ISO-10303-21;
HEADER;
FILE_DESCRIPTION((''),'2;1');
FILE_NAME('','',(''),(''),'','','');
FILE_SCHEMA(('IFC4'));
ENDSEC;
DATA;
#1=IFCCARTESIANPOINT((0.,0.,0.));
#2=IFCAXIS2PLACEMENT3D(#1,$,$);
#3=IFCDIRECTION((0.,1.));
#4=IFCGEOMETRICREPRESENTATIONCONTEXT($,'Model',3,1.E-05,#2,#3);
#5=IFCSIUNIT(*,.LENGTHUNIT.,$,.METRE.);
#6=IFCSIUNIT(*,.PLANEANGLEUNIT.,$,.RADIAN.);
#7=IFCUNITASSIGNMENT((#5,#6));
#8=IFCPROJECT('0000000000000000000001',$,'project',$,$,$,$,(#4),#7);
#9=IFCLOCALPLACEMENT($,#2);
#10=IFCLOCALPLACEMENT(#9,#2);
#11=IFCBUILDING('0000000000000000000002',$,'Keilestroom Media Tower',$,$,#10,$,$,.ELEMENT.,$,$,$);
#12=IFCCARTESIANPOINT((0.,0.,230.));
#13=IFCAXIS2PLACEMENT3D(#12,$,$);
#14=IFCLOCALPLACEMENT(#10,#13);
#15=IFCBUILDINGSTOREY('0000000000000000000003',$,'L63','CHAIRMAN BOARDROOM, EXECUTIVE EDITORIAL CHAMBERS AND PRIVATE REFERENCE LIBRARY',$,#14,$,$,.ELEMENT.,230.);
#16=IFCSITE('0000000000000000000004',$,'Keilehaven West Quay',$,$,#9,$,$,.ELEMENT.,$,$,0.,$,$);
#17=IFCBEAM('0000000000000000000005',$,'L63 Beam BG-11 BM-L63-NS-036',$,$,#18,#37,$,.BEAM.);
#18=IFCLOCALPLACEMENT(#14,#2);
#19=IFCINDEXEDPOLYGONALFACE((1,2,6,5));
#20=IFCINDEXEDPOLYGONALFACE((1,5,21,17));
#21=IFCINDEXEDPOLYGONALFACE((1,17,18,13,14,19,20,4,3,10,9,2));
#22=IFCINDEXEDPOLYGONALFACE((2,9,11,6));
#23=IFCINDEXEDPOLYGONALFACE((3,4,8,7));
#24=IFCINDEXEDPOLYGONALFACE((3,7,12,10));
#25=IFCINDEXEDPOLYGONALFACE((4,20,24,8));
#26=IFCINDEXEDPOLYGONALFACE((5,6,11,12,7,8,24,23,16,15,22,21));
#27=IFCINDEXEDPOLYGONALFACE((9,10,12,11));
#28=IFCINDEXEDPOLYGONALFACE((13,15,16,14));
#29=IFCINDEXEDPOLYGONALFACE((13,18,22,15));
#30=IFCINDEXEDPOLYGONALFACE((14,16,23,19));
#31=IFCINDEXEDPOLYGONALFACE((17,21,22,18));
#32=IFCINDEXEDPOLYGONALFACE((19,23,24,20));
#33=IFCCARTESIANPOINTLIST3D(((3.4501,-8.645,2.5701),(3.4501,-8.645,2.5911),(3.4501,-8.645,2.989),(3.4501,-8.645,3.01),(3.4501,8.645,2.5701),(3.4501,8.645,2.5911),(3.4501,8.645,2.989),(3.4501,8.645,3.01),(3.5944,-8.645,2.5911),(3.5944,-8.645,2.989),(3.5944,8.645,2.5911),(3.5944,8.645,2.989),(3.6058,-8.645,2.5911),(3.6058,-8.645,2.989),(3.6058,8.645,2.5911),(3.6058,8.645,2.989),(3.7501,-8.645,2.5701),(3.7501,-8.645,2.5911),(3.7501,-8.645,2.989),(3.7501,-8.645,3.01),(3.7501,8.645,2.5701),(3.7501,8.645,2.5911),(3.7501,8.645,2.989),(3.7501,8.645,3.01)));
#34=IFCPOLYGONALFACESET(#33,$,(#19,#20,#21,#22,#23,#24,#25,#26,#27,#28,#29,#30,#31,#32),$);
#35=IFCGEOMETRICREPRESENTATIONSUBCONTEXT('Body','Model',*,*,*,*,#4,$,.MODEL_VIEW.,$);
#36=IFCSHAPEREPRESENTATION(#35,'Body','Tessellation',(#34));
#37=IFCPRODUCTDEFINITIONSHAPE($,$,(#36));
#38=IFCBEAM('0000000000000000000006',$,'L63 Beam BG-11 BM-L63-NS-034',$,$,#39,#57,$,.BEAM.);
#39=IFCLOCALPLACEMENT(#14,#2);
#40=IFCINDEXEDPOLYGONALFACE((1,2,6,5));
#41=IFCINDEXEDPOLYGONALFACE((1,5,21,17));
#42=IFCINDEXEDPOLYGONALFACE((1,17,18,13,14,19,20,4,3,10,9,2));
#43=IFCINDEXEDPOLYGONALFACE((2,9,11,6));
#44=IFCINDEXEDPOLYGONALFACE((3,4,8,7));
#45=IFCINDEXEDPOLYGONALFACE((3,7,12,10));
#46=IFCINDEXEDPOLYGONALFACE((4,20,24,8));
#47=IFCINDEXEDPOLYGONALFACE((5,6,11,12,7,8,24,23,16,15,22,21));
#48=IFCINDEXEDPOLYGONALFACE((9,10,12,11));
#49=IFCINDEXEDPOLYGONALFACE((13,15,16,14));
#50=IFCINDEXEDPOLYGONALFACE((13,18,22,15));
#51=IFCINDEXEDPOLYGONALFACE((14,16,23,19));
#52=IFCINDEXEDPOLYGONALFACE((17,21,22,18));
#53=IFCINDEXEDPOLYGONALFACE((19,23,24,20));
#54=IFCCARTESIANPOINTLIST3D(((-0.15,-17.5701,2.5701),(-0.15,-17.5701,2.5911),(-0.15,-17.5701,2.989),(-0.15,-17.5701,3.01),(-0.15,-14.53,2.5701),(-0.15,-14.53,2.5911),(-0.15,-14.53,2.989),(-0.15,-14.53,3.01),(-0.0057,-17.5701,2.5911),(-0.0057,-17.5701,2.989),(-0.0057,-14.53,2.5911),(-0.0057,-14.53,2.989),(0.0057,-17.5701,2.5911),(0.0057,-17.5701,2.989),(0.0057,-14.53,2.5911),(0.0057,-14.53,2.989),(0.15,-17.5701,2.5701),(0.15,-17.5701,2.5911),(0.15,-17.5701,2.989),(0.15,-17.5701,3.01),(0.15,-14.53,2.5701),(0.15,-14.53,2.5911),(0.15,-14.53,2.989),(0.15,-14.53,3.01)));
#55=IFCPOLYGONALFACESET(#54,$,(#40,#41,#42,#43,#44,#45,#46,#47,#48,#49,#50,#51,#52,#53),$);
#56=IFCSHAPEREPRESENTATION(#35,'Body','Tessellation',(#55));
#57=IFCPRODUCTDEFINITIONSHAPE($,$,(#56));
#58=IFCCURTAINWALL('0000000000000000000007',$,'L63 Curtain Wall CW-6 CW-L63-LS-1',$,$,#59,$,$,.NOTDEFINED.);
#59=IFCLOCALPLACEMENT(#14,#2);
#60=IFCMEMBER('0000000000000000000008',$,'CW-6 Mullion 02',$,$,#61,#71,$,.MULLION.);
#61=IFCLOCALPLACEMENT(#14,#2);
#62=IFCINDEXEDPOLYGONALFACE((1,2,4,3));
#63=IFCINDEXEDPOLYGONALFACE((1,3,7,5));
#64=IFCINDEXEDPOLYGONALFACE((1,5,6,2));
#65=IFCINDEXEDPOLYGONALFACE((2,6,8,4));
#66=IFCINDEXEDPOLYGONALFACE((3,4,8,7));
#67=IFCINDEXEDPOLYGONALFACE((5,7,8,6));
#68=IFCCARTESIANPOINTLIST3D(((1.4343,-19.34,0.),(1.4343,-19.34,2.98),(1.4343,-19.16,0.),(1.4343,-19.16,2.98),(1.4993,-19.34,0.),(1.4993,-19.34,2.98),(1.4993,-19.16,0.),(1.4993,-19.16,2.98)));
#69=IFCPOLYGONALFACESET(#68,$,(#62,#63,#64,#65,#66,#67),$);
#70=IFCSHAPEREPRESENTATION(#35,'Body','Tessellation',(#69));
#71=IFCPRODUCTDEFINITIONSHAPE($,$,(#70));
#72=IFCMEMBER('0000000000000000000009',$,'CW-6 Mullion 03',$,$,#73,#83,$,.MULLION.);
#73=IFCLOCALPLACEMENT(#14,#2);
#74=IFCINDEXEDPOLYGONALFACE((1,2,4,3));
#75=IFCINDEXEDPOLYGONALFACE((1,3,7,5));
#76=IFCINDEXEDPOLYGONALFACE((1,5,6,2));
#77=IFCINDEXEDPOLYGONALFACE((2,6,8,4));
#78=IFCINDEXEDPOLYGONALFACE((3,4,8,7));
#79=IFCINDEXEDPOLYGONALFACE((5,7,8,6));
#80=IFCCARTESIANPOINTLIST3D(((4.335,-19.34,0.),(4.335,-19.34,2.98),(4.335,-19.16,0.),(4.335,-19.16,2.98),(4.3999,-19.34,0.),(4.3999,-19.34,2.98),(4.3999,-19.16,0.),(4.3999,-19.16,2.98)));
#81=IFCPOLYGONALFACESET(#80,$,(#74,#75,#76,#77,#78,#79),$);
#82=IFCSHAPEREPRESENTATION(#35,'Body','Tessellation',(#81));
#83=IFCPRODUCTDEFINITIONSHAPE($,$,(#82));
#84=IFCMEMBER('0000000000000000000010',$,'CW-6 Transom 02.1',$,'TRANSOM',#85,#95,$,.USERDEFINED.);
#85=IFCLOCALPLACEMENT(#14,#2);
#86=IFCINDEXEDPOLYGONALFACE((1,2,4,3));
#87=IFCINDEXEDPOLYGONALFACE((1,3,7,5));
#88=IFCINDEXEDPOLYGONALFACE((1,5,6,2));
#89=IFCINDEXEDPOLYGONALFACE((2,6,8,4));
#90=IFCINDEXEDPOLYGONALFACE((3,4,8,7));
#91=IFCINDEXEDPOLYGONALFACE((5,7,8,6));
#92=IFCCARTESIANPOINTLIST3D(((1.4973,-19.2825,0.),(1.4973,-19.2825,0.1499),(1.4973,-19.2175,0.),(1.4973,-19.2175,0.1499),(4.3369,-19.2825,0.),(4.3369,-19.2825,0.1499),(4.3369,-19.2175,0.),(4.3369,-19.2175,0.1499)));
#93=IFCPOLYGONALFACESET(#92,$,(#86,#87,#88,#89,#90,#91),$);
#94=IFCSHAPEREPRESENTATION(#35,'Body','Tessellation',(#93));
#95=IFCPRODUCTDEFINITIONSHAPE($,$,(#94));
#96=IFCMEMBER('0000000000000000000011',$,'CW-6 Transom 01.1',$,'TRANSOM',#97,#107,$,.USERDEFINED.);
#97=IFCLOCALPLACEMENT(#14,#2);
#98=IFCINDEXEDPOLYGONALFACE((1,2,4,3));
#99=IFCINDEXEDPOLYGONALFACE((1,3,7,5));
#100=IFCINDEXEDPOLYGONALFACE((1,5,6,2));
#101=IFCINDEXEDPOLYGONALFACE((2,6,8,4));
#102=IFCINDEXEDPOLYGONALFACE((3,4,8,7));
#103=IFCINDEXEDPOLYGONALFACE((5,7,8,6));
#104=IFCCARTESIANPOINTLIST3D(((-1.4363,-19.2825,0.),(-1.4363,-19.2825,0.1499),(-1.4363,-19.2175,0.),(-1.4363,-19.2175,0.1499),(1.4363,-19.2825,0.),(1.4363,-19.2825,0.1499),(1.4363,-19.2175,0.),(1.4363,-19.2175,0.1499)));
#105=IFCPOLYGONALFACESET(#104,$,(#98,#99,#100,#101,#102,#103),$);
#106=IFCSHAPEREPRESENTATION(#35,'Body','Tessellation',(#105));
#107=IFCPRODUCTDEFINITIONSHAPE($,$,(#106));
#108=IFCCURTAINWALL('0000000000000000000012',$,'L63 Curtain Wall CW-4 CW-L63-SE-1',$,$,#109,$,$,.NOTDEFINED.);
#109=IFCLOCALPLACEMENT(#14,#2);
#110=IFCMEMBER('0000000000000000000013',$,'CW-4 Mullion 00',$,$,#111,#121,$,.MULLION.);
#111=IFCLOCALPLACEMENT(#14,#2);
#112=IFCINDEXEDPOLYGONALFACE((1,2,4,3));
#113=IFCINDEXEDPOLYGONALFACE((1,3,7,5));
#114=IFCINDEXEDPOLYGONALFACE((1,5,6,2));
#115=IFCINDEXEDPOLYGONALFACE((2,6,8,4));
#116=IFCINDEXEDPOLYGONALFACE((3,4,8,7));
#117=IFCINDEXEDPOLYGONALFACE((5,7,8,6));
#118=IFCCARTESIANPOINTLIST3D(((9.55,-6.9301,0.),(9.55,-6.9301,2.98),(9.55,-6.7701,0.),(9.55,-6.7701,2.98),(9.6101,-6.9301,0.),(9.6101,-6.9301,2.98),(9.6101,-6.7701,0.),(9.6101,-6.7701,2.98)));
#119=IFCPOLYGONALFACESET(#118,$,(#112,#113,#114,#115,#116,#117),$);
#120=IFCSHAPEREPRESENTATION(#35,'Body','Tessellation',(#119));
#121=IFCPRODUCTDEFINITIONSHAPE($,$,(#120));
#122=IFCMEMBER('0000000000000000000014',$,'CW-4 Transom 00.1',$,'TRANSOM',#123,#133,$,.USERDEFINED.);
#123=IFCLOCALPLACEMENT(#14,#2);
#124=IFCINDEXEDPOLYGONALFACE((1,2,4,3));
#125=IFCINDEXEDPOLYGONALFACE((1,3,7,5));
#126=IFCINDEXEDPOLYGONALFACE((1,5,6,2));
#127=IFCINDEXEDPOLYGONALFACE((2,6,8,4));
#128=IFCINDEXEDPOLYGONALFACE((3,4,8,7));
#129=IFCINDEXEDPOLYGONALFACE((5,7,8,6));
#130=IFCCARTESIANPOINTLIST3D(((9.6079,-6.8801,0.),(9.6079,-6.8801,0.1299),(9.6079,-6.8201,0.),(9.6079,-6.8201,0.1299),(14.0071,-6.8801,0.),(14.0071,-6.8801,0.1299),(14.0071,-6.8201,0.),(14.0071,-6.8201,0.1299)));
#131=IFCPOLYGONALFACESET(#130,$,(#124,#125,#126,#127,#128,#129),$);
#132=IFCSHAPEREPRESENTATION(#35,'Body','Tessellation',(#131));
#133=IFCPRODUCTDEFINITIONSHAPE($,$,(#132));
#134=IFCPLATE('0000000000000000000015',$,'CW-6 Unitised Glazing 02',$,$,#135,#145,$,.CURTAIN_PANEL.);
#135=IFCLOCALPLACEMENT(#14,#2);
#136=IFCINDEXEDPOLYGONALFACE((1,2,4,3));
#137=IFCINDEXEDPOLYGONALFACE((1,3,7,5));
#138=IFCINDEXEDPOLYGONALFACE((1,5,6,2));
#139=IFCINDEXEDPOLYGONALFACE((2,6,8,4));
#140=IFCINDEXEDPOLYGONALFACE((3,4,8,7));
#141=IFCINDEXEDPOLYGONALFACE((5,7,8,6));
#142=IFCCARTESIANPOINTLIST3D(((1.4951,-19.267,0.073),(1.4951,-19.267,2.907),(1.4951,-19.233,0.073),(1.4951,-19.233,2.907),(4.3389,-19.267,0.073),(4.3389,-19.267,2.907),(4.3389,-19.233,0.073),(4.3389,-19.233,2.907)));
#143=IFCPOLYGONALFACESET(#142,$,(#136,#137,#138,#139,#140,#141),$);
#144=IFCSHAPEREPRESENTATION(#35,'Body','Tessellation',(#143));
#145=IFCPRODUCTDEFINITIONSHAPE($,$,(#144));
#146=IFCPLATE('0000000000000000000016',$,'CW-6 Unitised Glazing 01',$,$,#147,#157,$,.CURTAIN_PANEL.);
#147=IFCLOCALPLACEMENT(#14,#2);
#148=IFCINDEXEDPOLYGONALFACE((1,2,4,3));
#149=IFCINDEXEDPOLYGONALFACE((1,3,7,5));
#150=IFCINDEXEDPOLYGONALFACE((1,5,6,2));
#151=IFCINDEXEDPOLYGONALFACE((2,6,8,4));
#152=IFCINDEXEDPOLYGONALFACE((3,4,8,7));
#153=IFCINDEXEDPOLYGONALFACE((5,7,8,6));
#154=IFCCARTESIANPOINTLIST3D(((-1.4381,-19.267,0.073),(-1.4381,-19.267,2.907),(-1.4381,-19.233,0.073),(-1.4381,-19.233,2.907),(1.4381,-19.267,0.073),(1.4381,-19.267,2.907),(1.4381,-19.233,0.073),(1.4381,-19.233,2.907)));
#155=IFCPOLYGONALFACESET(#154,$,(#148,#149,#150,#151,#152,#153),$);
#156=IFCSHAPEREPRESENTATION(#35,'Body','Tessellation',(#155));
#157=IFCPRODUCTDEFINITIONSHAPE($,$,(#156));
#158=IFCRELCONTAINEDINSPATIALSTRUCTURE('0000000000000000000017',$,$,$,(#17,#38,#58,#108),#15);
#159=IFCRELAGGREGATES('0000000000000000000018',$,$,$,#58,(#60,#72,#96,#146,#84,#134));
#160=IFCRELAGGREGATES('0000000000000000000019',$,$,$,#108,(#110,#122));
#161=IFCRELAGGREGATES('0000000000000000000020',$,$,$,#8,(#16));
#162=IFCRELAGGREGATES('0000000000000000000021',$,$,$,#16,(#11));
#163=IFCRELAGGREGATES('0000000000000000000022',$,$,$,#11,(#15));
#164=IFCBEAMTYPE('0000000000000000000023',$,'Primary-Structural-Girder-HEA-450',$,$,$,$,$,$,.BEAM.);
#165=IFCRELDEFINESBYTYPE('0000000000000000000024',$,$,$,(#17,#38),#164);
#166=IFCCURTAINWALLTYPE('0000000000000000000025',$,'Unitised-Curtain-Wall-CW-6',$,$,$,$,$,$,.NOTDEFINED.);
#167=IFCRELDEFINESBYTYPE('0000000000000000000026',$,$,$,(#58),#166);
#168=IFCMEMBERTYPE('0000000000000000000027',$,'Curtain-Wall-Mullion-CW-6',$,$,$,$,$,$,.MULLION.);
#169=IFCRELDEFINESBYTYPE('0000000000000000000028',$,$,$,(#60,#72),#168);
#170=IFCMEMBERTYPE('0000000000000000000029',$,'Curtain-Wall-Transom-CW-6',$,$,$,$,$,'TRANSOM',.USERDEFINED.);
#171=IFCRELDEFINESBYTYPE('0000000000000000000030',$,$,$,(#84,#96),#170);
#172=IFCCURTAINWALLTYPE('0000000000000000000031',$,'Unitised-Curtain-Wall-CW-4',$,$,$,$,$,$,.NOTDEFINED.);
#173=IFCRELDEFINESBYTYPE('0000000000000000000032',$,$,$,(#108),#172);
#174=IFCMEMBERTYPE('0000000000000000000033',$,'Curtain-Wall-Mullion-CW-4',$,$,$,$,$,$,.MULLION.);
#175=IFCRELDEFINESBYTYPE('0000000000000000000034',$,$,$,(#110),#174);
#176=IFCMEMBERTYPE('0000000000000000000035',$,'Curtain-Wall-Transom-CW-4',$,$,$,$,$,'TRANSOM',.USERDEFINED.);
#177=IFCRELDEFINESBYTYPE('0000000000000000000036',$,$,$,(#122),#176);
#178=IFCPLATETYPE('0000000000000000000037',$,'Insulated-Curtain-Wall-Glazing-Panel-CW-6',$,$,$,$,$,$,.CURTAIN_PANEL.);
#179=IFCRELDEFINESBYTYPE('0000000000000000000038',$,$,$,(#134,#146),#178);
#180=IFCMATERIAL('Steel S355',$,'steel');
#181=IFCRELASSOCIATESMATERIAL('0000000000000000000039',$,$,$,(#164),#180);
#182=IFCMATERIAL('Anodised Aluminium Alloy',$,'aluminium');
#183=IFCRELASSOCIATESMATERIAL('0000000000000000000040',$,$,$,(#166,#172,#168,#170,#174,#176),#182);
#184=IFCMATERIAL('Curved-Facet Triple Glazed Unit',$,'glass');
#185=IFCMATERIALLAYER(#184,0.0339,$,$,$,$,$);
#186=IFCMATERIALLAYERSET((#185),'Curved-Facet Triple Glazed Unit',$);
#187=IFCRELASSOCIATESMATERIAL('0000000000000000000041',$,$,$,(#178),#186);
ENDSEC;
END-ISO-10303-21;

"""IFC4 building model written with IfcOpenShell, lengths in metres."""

from ifc_helpers import new_model, si_unit, direction, frame, origin, origin_2d, place, context, subcontext, project, spatial, rectangle, i_section, extrude, source, transform, mapped, material, layer, layer_set, material_profile, profile_set, type_object, element, aggregate, save


model = new_model("IFC4")

# Units and contexts
model_context = context("Model", 3, precision=1e-05, world=origin(), true_north=direction((0.0, 1.0)))
body_context = subcontext(model_context, "Body", "Model", "MODEL_VIEW")
ifc_project = project(units=[si_unit("LENGTHUNIT", "METRE"), si_unit("PLANEANGLEUNIT", "RADIAN")], contexts=[model_context])

# Site, building, storey
site_placement = place(None, origin())
site = spatial("IfcSite", under=ifc_project, at=site_placement, Name="Keilehaven West Quay", CompositionType="ELEMENT", RefElevation=0.0)
building_placement = place(site_placement, origin())
building = spatial("IfcBuilding", under=site, at=building_placement, Name="Keilestroom Media Tower", CompositionType="ELEMENT")
storey_placement = place(building_placement, frame((0.0, 0.0, 230.0)))
storey = spatial("IfcBuildingStorey", under=building, at=storey_placement, Name="L63", Description="CHAIRMAN BOARDROOM, EXECUTIVE EDITORIAL CHAMBERS AND PRIVATE REFERENCE LIBRARY", CompositionType="ELEMENT", Elevation=230.0)

# Shared definitions
ifc_material_1 = material(Name="Steel S355", Category="steel")

# Beams
ifc_material_profile_1 = material_profile(ifc_material_1, i_section(OverallWidth=0.3, OverallDepth=0.4399, WebThickness=0.0115, FlangeThickness=0.021, at=origin_2d()), Name="HEA 450")
ifc_profile_set_1 = profile_set([ifc_material_profile_1], Name="Steel S355")
beam_type_1 = type_object("IfcBeamType", Name="Primary-Structural-Girder-HEA-450", PredefinedType="BEAM", material=ifc_profile_set_1)
shared_shape_1 = source(origin(), body_context, "Body", "SweptSolid", [
    extrude(i_section(OverallWidth=0.3, OverallDepth=0.4399, WebThickness=0.0115, FlangeThickness=0.021, at=origin_2d()), origin(), (0.0, 0.0, 1.0), 17.29),
])
beam_1_placement = place(storey_placement, frame((3.6001, -8.645, 2.79), z_axis=(0.0, 1.0, 0.0), x_axis=(-1.0, 0.0, 0.0)))
element("IfcBeam", 1, at=beam_1_placement, inside=storey, type_object=beam_type_1, Name="L63 Beam BG-11 BM-L63-NS-036", PredefinedType="BEAM", context=body_context, shape_type="MappedRepresentation", body=[
    mapped(shared_shape_1, transform((0.0, 0.0, 0.0), x_axis=(1.0, 0.0, 0.0), y_axis=(0.0, 1.0, 0.0), z_axis=(0.0, 0.0, 1.0), scale=1.0)),
])
shared_shape_2 = source(origin(), body_context, "Body", "SweptSolid", [
    extrude(i_section(OverallWidth=0.3, OverallDepth=0.4399, WebThickness=0.0115, FlangeThickness=0.021, at=origin_2d()), origin(), (0.0, 0.0, 1.0), 3.04),
])
beam_2_placement = place(storey_placement, frame((0.0, -17.5701, 2.79), z_axis=(0.0, 1.0, 0.0), x_axis=(-1.0, 0.0, 0.0)))
element("IfcBeam", 2, at=beam_2_placement, inside=storey, type_object=beam_type_1, Name="L63 Beam BG-11 BM-L63-NS-034", PredefinedType="BEAM", context=body_context, shape_type="MappedRepresentation", body=[
    mapped(shared_shape_2, transform((0.0, 0.0, 0.0), x_axis=(1.0, 0.0, 0.0), y_axis=(0.0, 1.0, 0.0), z_axis=(0.0, 0.0, 1.0), scale=1.0)),
])

# Curtain walls, members
ifc_material_2 = material(Name="Anodised Aluminium Alloy", Category="aluminium")
curtain_wall_type_1 = type_object("IfcCurtainWallType", Name="Unitised-Curtain-Wall-CW-6", PredefinedType="NOTDEFINED", material=ifc_material_2)
curtain_wall_1_placement = place(storey_placement, origin())
curtain_wall_1 = element("IfcCurtainWall", 3, at=curtain_wall_1_placement, inside=storey, type_object=curtain_wall_type_1, Name="L63 Curtain Wall CW-6 CW-L63-LS-1", PredefinedType="NOTDEFINED")
ifc_material_profile_2 = material_profile(ifc_material_2, rectangle(XDim=0.0649, YDim=0.1799, at=origin_2d()), Name="ALU MULLION 65x180")
ifc_profile_set_2 = profile_set([ifc_material_profile_2], Name="Anodised Aluminium Alloy")
member_type_1 = type_object("IfcMemberType", Name="Curtain-Wall-Mullion-CW-6", PredefinedType="MULLION", material=ifc_profile_set_2)
shared_shape_3 = source(origin(), body_context, "Body", "SweptSolid", [
    extrude(rectangle(XDim=0.0649, YDim=0.1799, at=origin_2d()), origin(), (0.0, 0.0, 1.0), 2.98),
])
member_1_placement = place(storey_placement, frame((1.4668, -19.25, 0.0), z_axis=(0.0, 0.0, 1.0), x_axis=(1.0, 0.0, 0.0)))
member_1 = element("IfcMember", 4, at=member_1_placement, type_object=member_type_1, Name="CW-6 Mullion 02", PredefinedType="MULLION", context=body_context, shape_type="MappedRepresentation", body=[
    mapped(shared_shape_3, transform((0.0, 0.0, 0.0), x_axis=(1.0, 0.0, 0.0), y_axis=(0.0, 1.0, 0.0), z_axis=(0.0, 0.0, 1.0), scale=1.0)),
])
member_2_placement = place(storey_placement, frame((4.3674, -19.25, 0.0), z_axis=(0.0, 0.0, 1.0), x_axis=(1.0, 0.0, 0.0)))
member_2 = element("IfcMember", 5, at=member_2_placement, type_object=member_type_1, Name="CW-6 Mullion 03", PredefinedType="MULLION", context=body_context, shape_type="MappedRepresentation", body=[
    mapped(shared_shape_3, transform((0.0, 0.0, 0.0), x_axis=(1.0, 0.0, 0.0), y_axis=(0.0, 1.0, 0.0), z_axis=(0.0, 0.0, 1.0), scale=1.0)),
])
ifc_material_profile_3 = material_profile(ifc_material_2, rectangle(XDim=0.0649, YDim=0.1499, at=origin_2d()), Name="ALU TRANSOM 65x150")
ifc_profile_set_3 = profile_set([ifc_material_profile_3], Name="Anodised Aluminium Alloy")
member_type_2 = type_object("IfcMemberType", Name="Curtain-Wall-Transom-CW-6", ElementType="TRANSOM", PredefinedType="USERDEFINED", material=ifc_profile_set_3)
shared_shape_4 = source(origin(), body_context, "Body", "SweptSolid", [
    extrude(rectangle(XDim=0.0649, YDim=0.1499, at=origin_2d()), origin(), (0.0, 0.0, 1.0), 2.8396),
])
member_3_placement = place(storey_placement, frame((1.4973, -19.25, 0.075), z_axis=(1.0, 0.0, 0.0), x_axis=(0.0, 1.0, 0.0)))
member_3 = element("IfcMember", 6, at=member_3_placement, type_object=member_type_2, Name="CW-6 Transom 02.1", ObjectType="TRANSOM", PredefinedType="USERDEFINED", context=body_context, shape_type="MappedRepresentation", body=[
    mapped(shared_shape_4, transform((0.0, 0.0, 0.0), x_axis=(1.0, 0.0, 0.0), y_axis=(0.0, 1.0, 0.0), z_axis=(0.0, 0.0, 1.0), scale=1.0)),
])
shared_shape_5 = source(origin(), body_context, "Body", "SweptSolid", [
    extrude(rectangle(XDim=0.0649, YDim=0.1499, at=origin_2d()), origin(), (0.0, 0.0, 1.0), 2.8726),
])
member_4_placement = place(storey_placement, frame((-1.4363, -19.25, 0.075), z_axis=(1.0, 0.0, 0.0), x_axis=(0.0, 1.0, 0.0)))
member_4 = element("IfcMember", 7, at=member_4_placement, type_object=member_type_2, Name="CW-6 Transom 01.1", ObjectType="TRANSOM", PredefinedType="USERDEFINED", context=body_context, shape_type="MappedRepresentation", body=[
    mapped(shared_shape_5, transform((0.0, 0.0, 0.0), x_axis=(1.0, 0.0, 0.0), y_axis=(0.0, 1.0, 0.0), z_axis=(0.0, 0.0, 1.0), scale=1.0)),
])
curtain_wall_type_2 = type_object("IfcCurtainWallType", Name="Unitised-Curtain-Wall-CW-4", PredefinedType="NOTDEFINED", material=ifc_material_2)
curtain_wall_2_placement = place(storey_placement, origin())
curtain_wall_2 = element("IfcCurtainWall", 8, at=curtain_wall_2_placement, inside=storey, type_object=curtain_wall_type_2, Name="L63 Curtain Wall CW-4 CW-L63-SE-1", PredefinedType="NOTDEFINED")
ifc_material_profile_4 = material_profile(ifc_material_2, rectangle(XDim=0.0601, YDim=0.1599, at=origin_2d()), Name="ALU MULLION 60x160")
ifc_profile_set_4 = profile_set([ifc_material_profile_4], Name="Anodised Aluminium Alloy")
member_type_3 = type_object("IfcMemberType", Name="Curtain-Wall-Mullion-CW-4", PredefinedType="MULLION", material=ifc_profile_set_4)
shared_shape_6 = source(origin(), body_context, "Body", "SweptSolid", [
    extrude(rectangle(XDim=0.0601, YDim=0.1599, at=origin_2d()), origin(), (0.0, 0.0, 1.0), 2.98),
])
member_5_placement = place(storey_placement, frame((9.5801, -6.8501, 0.0), z_axis=(0.0, 0.0, 1.0), x_axis=(1.0, 0.0, 0.0)))
member_5 = element("IfcMember", 9, at=member_5_placement, type_object=member_type_3, Name="CW-4 Mullion 00", PredefinedType="MULLION", context=body_context, shape_type="MappedRepresentation", body=[
    mapped(shared_shape_6, transform((0.0, 0.0, 0.0), x_axis=(1.0, 0.0, 0.0), y_axis=(0.0, 1.0, 0.0), z_axis=(0.0, 0.0, 1.0), scale=1.0)),
])
ifc_material_profile_5 = material_profile(ifc_material_2, rectangle(XDim=0.0601, YDim=0.1299, at=origin_2d()), Name="ALU TRANSOM 60x130")
ifc_profile_set_5 = profile_set([ifc_material_profile_5], Name="Anodised Aluminium Alloy")
member_type_4 = type_object("IfcMemberType", Name="Curtain-Wall-Transom-CW-4", ElementType="TRANSOM", PredefinedType="USERDEFINED", material=ifc_profile_set_5)
shared_shape_7 = source(origin(), body_context, "Body", "SweptSolid", [
    extrude(rectangle(XDim=0.0601, YDim=0.1299, at=origin_2d()), origin(), (0.0, 0.0, 1.0), 4.3992),
])
member_6_placement = place(storey_placement, frame((9.6079, -6.8501, 0.0649), z_axis=(1.0, 0.0, 0.0), x_axis=(0.0, 1.0, 0.0)))
member_6 = element("IfcMember", 10, at=member_6_placement, type_object=member_type_4, Name="CW-4 Transom 00.1", ObjectType="TRANSOM", PredefinedType="USERDEFINED", context=body_context, shape_type="MappedRepresentation", body=[
    mapped(shared_shape_7, transform((0.0, 0.0, 0.0), x_axis=(1.0, 0.0, 0.0), y_axis=(0.0, 1.0, 0.0), z_axis=(0.0, 0.0, 1.0), scale=1.0)),
])

# Plates
ifc_material_3 = material(Name="Curved-Facet Triple Glazed Unit", Category="glass")
ifc_layer_1 = layer(ifc_material_3, 0.0339)
ifc_layer_set_1 = layer_set([ifc_layer_1], Name="Curved-Facet Triple Glazed Unit")
plate_type_1 = type_object("IfcPlateType", Name="Insulated-Curtain-Wall-Glazing-Panel-CW-6", PredefinedType="CURTAIN_PANEL", material=ifc_layer_set_1)
shared_shape_8 = source(origin(), body_context, "Body", "SweptSolid", [
    extrude(rectangle(XDim=2.8438, YDim=0.0339, at=origin_2d()), origin(), (0.0, 0.0, 1.0), 2.834),
])
plate_1_placement = place(storey_placement, frame((2.917, -19.25, 0.073), z_axis=(0.0, 0.0, 1.0), x_axis=(1.0, 0.0, 0.0)))
plate_1 = element("IfcPlate", 11, at=plate_1_placement, type_object=plate_type_1, Name="CW-6 Unitised Glazing 02", PredefinedType="CURTAIN_PANEL", context=body_context, shape_type="MappedRepresentation", body=[
    mapped(shared_shape_8, transform((0.0, 0.0, 0.0), x_axis=(1.0, 0.0, 0.0), y_axis=(0.0, 1.0, 0.0), z_axis=(0.0, 0.0, 1.0), scale=1.0)),
])
shared_shape_9 = source(origin(), body_context, "Body", "SweptSolid", [
    extrude(rectangle(XDim=2.8762, YDim=0.0339, at=origin_2d()), origin(), (0.0, 0.0, 1.0), 2.834),
])
plate_2_placement = place(storey_placement, frame((0.0, -19.25, 0.073), z_axis=(0.0, 0.0, 1.0), x_axis=(1.0, 0.0, 0.0)))
plate_2 = element("IfcPlate", 12, at=plate_2_placement, type_object=plate_type_1, Name="CW-6 Unitised Glazing 01", PredefinedType="CURTAIN_PANEL", context=body_context, shape_type="MappedRepresentation", body=[
    mapped(shared_shape_9, transform((0.0, 0.0, 0.0), x_axis=(1.0, 0.0, 0.0), y_axis=(0.0, 1.0, 0.0), z_axis=(0.0, 0.0, 1.0), scale=1.0)),
])
aggregate(curtain_wall_1, [member_1, member_2, member_4, plate_2, member_3, plate_1])
aggregate(curtain_wall_2, [member_5, member_6])

save(model, "model.ifc")
